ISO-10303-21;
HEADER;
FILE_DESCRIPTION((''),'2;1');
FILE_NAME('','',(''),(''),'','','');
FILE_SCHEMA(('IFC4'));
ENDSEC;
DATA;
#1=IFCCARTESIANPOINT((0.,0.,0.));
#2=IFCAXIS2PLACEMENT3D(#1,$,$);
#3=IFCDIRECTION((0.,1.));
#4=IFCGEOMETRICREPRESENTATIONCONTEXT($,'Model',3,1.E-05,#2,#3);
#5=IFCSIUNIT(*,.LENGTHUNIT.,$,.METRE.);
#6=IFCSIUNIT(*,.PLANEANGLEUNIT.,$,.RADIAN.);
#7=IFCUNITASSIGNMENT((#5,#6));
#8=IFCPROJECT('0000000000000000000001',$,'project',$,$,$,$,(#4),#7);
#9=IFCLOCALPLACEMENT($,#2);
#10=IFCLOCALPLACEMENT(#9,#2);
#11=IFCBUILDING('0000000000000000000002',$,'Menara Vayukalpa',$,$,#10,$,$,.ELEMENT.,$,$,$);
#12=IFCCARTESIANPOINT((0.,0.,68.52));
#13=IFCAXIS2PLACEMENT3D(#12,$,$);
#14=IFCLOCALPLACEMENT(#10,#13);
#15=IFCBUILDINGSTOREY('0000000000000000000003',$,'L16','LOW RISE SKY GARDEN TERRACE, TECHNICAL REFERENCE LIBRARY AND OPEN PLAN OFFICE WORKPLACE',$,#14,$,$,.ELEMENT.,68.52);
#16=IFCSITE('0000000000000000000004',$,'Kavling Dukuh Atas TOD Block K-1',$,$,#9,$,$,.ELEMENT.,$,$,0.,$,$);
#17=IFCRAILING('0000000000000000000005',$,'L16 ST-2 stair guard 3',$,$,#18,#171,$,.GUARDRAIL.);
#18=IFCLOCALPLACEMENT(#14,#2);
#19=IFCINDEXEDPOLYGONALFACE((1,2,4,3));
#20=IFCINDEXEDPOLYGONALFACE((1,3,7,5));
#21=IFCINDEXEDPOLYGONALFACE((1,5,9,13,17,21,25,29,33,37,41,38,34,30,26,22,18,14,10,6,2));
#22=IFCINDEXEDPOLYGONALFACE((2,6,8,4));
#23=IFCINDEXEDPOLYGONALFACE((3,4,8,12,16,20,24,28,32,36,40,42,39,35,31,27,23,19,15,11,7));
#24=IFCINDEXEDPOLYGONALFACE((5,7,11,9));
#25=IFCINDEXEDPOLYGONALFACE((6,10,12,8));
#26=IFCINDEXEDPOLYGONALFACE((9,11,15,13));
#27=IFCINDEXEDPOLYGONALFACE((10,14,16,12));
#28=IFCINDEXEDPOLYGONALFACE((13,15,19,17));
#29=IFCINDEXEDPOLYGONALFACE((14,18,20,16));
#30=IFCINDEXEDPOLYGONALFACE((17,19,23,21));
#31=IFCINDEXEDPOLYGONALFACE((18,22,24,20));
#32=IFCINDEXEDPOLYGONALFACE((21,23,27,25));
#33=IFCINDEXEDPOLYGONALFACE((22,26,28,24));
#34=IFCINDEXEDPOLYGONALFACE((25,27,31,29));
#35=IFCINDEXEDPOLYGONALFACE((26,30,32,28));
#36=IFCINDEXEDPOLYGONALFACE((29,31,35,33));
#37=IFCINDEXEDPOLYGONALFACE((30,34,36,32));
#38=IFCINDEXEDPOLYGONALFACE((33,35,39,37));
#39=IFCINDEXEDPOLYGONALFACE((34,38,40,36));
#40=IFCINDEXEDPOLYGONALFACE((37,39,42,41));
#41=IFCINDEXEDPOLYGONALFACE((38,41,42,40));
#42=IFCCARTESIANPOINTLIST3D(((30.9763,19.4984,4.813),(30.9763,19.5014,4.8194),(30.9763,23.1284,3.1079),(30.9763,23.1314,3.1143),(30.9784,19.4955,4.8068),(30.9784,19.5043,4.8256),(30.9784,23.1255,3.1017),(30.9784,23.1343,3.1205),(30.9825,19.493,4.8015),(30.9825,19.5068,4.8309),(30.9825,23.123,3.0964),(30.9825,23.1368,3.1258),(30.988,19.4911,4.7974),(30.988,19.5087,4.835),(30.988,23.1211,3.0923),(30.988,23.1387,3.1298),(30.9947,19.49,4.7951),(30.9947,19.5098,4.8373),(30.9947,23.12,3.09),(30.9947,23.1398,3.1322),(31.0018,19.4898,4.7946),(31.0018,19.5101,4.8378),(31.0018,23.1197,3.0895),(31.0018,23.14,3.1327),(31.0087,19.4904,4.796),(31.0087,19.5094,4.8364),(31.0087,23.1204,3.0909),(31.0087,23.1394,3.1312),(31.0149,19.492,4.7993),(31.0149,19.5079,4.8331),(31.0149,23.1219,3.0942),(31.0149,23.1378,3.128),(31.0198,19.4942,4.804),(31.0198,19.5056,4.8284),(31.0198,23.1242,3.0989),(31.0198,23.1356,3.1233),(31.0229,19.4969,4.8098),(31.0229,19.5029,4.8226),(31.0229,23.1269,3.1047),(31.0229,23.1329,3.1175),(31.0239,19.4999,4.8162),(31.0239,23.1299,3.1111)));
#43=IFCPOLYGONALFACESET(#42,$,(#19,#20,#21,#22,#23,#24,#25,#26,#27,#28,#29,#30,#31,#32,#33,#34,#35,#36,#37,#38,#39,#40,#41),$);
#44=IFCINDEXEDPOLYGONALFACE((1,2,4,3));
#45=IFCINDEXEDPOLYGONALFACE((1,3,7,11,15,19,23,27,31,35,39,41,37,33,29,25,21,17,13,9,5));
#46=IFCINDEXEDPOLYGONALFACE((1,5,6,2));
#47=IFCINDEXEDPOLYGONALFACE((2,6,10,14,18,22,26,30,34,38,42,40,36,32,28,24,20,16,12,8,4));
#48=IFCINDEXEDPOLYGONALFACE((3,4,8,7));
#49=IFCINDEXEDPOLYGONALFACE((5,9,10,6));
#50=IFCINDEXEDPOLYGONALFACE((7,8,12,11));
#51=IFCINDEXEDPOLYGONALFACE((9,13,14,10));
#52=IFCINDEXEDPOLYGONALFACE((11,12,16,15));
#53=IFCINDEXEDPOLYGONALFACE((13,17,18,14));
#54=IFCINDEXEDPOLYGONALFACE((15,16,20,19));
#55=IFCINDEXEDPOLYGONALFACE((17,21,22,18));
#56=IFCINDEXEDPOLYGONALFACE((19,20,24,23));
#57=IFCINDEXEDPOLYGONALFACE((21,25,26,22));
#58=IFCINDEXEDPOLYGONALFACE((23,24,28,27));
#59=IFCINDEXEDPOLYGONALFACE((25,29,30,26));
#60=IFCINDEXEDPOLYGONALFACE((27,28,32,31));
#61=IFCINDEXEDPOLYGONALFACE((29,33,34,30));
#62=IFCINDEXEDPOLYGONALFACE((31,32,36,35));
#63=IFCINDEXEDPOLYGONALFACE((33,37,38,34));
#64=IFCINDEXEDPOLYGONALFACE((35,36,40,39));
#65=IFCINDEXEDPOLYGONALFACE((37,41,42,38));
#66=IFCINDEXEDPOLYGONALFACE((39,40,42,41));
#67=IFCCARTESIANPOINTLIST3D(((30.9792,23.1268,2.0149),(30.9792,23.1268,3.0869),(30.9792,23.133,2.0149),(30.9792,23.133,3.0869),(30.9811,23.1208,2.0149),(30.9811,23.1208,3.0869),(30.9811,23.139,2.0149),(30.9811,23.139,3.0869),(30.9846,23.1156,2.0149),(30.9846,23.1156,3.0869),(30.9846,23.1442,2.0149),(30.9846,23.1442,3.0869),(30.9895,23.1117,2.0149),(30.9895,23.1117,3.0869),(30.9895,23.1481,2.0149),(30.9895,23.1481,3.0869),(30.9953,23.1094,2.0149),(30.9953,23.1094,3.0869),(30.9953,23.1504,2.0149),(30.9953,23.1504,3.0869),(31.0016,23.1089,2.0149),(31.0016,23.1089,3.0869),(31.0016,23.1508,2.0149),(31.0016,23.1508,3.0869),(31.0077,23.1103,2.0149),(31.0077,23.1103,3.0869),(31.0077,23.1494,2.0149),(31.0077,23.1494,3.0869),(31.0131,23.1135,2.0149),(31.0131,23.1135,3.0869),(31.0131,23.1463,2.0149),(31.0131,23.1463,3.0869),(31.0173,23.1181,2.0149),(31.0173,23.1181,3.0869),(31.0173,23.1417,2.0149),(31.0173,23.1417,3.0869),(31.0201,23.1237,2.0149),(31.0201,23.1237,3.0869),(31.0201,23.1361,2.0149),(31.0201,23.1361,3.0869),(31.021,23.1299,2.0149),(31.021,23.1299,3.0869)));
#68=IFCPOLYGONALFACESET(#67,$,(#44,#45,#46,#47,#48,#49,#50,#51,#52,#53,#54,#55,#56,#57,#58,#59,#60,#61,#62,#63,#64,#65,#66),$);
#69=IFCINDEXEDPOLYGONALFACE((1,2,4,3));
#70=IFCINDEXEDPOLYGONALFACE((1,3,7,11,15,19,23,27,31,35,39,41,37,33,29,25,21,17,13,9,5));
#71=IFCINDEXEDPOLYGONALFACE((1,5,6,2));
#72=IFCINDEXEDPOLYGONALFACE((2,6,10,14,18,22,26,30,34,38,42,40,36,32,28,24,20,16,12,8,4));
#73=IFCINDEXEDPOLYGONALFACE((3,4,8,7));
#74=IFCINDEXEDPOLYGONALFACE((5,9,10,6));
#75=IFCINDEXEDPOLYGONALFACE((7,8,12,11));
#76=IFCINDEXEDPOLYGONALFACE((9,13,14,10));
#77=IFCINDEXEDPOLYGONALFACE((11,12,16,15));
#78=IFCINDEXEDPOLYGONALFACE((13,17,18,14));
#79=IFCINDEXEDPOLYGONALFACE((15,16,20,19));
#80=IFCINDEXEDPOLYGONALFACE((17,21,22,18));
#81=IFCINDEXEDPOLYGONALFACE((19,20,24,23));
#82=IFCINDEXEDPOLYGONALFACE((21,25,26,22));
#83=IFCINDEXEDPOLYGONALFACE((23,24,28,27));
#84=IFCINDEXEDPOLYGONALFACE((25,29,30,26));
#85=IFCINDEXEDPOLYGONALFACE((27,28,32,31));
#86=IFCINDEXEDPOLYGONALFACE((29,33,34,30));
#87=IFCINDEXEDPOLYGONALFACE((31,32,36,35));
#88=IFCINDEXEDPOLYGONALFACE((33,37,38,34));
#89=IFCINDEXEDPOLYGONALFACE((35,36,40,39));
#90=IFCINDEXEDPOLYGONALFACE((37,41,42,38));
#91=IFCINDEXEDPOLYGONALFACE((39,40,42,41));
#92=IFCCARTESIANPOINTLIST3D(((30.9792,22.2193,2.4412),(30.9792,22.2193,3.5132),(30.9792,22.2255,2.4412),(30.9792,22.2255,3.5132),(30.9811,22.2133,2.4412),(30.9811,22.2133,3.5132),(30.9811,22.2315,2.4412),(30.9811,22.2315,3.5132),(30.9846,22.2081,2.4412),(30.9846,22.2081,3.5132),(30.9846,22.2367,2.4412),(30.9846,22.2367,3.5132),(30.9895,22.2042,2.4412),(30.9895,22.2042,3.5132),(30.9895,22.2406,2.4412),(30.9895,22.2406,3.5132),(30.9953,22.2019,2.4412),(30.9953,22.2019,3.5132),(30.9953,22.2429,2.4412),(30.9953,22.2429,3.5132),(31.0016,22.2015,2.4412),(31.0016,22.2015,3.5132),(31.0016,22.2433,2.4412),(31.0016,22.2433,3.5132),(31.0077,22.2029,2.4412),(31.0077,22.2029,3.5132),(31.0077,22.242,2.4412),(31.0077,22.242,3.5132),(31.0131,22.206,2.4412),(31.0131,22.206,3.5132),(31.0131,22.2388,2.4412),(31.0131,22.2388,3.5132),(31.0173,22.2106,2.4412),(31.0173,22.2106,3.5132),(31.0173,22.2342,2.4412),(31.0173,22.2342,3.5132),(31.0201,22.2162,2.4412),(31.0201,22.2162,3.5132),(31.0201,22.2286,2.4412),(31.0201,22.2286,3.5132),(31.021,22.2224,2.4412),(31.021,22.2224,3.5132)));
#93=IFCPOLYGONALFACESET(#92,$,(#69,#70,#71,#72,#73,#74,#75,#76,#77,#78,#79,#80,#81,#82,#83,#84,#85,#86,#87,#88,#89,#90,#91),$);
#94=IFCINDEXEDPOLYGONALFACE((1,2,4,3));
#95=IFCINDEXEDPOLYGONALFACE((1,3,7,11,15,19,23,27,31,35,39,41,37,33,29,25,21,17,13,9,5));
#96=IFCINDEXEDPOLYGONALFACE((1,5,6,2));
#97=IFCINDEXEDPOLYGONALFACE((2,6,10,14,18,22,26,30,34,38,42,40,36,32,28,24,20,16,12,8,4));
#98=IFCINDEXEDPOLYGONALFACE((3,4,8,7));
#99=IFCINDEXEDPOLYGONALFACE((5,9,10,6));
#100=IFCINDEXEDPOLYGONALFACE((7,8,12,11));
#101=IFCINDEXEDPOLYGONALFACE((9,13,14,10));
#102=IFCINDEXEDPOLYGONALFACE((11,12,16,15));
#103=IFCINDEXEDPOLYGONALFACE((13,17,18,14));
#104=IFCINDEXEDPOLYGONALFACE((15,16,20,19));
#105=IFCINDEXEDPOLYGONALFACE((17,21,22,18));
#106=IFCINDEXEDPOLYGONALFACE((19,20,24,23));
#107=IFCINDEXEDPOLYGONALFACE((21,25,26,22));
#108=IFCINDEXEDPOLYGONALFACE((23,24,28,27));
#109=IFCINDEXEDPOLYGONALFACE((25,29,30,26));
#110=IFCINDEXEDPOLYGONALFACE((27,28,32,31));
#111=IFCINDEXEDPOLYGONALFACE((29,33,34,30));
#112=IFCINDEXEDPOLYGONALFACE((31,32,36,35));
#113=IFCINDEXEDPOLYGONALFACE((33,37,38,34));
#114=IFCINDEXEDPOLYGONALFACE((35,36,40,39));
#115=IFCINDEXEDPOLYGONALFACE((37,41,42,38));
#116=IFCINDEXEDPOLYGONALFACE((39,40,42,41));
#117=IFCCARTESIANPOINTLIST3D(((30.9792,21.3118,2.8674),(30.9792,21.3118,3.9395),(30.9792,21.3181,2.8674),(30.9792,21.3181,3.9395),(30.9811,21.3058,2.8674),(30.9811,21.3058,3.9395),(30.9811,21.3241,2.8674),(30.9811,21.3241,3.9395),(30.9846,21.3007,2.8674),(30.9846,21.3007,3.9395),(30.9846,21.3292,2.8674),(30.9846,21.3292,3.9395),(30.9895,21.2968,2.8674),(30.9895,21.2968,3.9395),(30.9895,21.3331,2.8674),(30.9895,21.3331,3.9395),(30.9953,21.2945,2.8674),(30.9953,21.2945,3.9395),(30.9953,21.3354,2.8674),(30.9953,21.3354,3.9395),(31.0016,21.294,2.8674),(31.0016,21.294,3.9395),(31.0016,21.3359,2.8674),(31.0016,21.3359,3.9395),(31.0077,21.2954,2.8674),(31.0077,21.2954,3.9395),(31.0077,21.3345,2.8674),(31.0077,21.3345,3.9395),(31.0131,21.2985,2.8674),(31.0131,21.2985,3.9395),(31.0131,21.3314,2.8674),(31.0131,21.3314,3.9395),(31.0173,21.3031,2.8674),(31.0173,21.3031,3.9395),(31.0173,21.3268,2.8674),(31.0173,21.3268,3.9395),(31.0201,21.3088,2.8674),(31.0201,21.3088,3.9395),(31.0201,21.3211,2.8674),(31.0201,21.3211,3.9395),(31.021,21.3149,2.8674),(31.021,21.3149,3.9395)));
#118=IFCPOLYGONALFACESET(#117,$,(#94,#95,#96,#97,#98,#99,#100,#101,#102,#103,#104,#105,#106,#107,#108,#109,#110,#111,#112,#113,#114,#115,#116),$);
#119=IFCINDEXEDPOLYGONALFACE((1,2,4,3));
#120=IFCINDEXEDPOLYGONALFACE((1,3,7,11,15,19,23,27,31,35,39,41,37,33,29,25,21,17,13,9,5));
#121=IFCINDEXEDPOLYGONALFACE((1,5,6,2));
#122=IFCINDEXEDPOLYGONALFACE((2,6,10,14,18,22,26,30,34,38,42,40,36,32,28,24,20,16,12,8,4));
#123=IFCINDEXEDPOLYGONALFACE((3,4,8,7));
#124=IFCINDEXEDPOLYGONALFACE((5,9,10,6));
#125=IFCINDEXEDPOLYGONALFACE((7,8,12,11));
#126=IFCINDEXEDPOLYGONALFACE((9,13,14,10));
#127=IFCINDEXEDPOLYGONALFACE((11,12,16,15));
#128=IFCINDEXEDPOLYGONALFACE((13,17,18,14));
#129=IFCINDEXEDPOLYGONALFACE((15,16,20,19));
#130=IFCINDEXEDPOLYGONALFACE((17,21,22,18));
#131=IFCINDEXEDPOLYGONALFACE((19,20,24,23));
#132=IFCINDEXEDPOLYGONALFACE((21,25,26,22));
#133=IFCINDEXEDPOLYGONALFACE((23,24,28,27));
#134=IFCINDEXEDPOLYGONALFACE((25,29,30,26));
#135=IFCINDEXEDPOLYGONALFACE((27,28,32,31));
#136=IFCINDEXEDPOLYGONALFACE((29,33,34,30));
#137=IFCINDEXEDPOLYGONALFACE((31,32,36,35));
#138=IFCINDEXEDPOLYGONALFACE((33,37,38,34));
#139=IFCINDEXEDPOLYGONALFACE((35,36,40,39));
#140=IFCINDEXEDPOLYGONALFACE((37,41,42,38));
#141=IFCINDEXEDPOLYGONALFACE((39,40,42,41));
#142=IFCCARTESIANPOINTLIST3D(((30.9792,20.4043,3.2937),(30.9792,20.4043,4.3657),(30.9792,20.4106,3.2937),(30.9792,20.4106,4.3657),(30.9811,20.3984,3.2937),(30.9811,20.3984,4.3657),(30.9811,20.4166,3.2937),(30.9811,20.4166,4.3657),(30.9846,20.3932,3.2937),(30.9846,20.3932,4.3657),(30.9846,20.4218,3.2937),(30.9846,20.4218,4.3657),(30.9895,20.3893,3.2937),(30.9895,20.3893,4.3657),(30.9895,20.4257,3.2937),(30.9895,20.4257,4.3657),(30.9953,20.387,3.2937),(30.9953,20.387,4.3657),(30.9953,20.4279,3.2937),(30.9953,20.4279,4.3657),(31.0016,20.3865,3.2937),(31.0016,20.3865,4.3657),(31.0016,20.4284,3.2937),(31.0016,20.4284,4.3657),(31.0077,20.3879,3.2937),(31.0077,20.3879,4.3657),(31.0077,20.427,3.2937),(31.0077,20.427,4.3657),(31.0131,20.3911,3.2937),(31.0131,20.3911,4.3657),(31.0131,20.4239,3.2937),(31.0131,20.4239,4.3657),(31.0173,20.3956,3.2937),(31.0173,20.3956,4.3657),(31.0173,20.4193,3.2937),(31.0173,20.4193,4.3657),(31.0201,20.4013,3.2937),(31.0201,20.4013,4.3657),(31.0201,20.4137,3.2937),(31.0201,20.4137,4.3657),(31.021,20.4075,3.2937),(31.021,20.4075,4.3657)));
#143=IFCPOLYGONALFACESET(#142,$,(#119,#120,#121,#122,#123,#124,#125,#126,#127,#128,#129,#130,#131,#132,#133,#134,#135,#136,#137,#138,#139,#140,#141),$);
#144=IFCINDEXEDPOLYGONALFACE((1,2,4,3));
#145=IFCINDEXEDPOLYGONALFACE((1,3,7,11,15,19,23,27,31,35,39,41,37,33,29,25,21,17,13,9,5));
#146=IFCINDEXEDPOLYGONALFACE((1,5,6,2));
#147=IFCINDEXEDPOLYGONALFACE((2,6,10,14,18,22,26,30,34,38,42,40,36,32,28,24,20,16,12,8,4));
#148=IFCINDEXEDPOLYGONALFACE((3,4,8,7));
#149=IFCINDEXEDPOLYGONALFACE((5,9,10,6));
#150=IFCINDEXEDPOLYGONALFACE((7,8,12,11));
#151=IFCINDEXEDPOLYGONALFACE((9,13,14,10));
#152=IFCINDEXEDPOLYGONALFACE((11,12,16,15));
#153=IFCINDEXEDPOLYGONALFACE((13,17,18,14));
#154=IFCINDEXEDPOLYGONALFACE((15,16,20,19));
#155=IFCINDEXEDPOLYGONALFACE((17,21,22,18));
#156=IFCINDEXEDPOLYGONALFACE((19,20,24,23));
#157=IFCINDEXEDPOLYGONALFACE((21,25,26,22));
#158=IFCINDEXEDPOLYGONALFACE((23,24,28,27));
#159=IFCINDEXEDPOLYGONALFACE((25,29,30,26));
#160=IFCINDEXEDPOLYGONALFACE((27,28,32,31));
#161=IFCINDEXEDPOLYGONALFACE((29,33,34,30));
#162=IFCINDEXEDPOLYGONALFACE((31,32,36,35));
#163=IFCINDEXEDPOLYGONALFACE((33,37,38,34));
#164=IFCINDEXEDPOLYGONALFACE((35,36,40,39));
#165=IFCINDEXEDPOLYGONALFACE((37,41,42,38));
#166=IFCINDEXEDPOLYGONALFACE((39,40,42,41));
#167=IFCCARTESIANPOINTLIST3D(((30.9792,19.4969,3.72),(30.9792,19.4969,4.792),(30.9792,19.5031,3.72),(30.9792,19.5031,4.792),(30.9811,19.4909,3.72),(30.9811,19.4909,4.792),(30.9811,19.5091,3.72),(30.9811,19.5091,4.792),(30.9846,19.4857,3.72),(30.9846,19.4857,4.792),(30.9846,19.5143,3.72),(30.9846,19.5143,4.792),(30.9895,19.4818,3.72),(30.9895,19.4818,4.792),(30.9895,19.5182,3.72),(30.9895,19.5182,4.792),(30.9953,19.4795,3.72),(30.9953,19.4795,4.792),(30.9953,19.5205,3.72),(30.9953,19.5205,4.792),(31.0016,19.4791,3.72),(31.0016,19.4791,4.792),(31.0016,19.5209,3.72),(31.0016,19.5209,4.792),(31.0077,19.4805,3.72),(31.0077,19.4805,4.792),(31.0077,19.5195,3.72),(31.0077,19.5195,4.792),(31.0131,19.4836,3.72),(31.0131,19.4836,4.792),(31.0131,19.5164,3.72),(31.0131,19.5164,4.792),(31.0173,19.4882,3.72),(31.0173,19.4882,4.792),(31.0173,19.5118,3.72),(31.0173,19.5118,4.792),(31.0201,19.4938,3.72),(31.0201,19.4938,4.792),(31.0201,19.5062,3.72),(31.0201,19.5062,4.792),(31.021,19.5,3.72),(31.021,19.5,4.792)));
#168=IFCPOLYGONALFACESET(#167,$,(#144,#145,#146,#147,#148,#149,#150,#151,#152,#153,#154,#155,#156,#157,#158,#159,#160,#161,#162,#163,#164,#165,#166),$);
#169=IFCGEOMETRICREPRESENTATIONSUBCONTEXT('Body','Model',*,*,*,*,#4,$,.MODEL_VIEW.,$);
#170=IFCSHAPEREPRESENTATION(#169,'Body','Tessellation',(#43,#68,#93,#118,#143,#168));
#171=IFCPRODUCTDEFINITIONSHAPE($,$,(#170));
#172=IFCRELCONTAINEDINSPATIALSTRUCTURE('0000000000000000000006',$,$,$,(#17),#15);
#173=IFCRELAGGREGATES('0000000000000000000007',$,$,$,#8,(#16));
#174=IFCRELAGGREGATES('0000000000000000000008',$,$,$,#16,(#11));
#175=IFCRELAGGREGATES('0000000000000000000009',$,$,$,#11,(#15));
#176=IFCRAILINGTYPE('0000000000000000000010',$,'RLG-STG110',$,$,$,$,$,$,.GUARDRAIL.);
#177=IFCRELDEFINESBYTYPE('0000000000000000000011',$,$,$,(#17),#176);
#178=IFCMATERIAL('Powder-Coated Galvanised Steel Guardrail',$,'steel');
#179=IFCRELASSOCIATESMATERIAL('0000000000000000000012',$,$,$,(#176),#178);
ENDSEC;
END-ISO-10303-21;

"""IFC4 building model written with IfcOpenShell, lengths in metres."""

from ifc_helpers import new_model, si_unit, direction, frame, origin, origin_2d, place, context, subcontext, project, spatial, circle, extrude, material, type_object, element, save


model = new_model("IFC4")

# Units and contexts
model_context = context("Model", 3, precision=1e-05, world=origin(), true_north=direction((0.0, 1.0)))
body_context = subcontext(model_context, "Body", "Model", "MODEL_VIEW")
ifc_project = project(units=[si_unit("LENGTHUNIT", "METRE"), si_unit("PLANEANGLEUNIT", "RADIAN")], contexts=[model_context])

# Site, building, storey
site_placement = place(None, origin())
site = spatial("IfcSite", under=ifc_project, at=site_placement, Name="Kavling Dukuh Atas TOD Block K-1", CompositionType="ELEMENT", RefElevation=0.0)
building_placement = place(site_placement, origin())
building = spatial("IfcBuilding", under=site, at=building_placement, Name="Menara Vayukalpa", CompositionType="ELEMENT")
storey_placement = place(building_placement, frame((0.0, 0.0, 68.52)))
storey = spatial("IfcBuildingStorey", under=building, at=storey_placement, Name="L16", Description="LOW RISE SKY GARDEN TERRACE, TECHNICAL REFERENCE LIBRARY AND OPEN PLAN OFFICE WORKPLACE", CompositionType="ELEMENT", Elevation=68.52)

# Railing
ifc_material_1 = material(Name="Powder-Coated Galvanised Steel Guardrail", Category="steel")
railing_type_1 = type_object("IfcRailingType", Name="RLG-STG110", PredefinedType="GUARDRAIL", material=ifc_material_1)
railing_1_placement = place(storey_placement, frame((31.0, 23.1299, 2.0149)))
element("IfcRailing", 1, at=railing_1_placement, inside=storey, type_object=railing_type_1, Name="L16 ST-2 stair guard 3", PredefinedType="GUARDRAIL", context=body_context, shape_type="SweptSolid", body=[
    extrude(circle(Radius=0.0239, at=origin_2d()), frame((0.0, 0.0, 1.0962), z_axis=(0.0, -0.905116, 0.425164), x_axis=(1.0, 0.0, 0.0)), (0.0, 0.0, 1.0), 4.0105),
    extrude(circle(Radius=0.021, at=origin_2d()), origin(), (0.0, 0.0, 1.0), 1.072),
    extrude(circle(Radius=0.021, at=origin_2d()), frame((0.0, -0.9075, 0.4263)), (0.0, 0.0, 1.0), 1.072),
    extrude(circle(Radius=0.021, at=origin_2d()), frame((0.0, -1.8149, 0.8525)), (0.0, 0.0, 1.0), 1.072),
    extrude(circle(Radius=0.021, at=origin_2d()), frame((0.0, -2.7224, 1.2788)), (0.0, 0.0, 1.0), 1.072),
    extrude(circle(Radius=0.021, at=origin_2d()), frame((0.0, -3.6299, 1.7051)), (0.0, 0.0, 1.0), 1.072),
])

save(model, "model.ifc")
